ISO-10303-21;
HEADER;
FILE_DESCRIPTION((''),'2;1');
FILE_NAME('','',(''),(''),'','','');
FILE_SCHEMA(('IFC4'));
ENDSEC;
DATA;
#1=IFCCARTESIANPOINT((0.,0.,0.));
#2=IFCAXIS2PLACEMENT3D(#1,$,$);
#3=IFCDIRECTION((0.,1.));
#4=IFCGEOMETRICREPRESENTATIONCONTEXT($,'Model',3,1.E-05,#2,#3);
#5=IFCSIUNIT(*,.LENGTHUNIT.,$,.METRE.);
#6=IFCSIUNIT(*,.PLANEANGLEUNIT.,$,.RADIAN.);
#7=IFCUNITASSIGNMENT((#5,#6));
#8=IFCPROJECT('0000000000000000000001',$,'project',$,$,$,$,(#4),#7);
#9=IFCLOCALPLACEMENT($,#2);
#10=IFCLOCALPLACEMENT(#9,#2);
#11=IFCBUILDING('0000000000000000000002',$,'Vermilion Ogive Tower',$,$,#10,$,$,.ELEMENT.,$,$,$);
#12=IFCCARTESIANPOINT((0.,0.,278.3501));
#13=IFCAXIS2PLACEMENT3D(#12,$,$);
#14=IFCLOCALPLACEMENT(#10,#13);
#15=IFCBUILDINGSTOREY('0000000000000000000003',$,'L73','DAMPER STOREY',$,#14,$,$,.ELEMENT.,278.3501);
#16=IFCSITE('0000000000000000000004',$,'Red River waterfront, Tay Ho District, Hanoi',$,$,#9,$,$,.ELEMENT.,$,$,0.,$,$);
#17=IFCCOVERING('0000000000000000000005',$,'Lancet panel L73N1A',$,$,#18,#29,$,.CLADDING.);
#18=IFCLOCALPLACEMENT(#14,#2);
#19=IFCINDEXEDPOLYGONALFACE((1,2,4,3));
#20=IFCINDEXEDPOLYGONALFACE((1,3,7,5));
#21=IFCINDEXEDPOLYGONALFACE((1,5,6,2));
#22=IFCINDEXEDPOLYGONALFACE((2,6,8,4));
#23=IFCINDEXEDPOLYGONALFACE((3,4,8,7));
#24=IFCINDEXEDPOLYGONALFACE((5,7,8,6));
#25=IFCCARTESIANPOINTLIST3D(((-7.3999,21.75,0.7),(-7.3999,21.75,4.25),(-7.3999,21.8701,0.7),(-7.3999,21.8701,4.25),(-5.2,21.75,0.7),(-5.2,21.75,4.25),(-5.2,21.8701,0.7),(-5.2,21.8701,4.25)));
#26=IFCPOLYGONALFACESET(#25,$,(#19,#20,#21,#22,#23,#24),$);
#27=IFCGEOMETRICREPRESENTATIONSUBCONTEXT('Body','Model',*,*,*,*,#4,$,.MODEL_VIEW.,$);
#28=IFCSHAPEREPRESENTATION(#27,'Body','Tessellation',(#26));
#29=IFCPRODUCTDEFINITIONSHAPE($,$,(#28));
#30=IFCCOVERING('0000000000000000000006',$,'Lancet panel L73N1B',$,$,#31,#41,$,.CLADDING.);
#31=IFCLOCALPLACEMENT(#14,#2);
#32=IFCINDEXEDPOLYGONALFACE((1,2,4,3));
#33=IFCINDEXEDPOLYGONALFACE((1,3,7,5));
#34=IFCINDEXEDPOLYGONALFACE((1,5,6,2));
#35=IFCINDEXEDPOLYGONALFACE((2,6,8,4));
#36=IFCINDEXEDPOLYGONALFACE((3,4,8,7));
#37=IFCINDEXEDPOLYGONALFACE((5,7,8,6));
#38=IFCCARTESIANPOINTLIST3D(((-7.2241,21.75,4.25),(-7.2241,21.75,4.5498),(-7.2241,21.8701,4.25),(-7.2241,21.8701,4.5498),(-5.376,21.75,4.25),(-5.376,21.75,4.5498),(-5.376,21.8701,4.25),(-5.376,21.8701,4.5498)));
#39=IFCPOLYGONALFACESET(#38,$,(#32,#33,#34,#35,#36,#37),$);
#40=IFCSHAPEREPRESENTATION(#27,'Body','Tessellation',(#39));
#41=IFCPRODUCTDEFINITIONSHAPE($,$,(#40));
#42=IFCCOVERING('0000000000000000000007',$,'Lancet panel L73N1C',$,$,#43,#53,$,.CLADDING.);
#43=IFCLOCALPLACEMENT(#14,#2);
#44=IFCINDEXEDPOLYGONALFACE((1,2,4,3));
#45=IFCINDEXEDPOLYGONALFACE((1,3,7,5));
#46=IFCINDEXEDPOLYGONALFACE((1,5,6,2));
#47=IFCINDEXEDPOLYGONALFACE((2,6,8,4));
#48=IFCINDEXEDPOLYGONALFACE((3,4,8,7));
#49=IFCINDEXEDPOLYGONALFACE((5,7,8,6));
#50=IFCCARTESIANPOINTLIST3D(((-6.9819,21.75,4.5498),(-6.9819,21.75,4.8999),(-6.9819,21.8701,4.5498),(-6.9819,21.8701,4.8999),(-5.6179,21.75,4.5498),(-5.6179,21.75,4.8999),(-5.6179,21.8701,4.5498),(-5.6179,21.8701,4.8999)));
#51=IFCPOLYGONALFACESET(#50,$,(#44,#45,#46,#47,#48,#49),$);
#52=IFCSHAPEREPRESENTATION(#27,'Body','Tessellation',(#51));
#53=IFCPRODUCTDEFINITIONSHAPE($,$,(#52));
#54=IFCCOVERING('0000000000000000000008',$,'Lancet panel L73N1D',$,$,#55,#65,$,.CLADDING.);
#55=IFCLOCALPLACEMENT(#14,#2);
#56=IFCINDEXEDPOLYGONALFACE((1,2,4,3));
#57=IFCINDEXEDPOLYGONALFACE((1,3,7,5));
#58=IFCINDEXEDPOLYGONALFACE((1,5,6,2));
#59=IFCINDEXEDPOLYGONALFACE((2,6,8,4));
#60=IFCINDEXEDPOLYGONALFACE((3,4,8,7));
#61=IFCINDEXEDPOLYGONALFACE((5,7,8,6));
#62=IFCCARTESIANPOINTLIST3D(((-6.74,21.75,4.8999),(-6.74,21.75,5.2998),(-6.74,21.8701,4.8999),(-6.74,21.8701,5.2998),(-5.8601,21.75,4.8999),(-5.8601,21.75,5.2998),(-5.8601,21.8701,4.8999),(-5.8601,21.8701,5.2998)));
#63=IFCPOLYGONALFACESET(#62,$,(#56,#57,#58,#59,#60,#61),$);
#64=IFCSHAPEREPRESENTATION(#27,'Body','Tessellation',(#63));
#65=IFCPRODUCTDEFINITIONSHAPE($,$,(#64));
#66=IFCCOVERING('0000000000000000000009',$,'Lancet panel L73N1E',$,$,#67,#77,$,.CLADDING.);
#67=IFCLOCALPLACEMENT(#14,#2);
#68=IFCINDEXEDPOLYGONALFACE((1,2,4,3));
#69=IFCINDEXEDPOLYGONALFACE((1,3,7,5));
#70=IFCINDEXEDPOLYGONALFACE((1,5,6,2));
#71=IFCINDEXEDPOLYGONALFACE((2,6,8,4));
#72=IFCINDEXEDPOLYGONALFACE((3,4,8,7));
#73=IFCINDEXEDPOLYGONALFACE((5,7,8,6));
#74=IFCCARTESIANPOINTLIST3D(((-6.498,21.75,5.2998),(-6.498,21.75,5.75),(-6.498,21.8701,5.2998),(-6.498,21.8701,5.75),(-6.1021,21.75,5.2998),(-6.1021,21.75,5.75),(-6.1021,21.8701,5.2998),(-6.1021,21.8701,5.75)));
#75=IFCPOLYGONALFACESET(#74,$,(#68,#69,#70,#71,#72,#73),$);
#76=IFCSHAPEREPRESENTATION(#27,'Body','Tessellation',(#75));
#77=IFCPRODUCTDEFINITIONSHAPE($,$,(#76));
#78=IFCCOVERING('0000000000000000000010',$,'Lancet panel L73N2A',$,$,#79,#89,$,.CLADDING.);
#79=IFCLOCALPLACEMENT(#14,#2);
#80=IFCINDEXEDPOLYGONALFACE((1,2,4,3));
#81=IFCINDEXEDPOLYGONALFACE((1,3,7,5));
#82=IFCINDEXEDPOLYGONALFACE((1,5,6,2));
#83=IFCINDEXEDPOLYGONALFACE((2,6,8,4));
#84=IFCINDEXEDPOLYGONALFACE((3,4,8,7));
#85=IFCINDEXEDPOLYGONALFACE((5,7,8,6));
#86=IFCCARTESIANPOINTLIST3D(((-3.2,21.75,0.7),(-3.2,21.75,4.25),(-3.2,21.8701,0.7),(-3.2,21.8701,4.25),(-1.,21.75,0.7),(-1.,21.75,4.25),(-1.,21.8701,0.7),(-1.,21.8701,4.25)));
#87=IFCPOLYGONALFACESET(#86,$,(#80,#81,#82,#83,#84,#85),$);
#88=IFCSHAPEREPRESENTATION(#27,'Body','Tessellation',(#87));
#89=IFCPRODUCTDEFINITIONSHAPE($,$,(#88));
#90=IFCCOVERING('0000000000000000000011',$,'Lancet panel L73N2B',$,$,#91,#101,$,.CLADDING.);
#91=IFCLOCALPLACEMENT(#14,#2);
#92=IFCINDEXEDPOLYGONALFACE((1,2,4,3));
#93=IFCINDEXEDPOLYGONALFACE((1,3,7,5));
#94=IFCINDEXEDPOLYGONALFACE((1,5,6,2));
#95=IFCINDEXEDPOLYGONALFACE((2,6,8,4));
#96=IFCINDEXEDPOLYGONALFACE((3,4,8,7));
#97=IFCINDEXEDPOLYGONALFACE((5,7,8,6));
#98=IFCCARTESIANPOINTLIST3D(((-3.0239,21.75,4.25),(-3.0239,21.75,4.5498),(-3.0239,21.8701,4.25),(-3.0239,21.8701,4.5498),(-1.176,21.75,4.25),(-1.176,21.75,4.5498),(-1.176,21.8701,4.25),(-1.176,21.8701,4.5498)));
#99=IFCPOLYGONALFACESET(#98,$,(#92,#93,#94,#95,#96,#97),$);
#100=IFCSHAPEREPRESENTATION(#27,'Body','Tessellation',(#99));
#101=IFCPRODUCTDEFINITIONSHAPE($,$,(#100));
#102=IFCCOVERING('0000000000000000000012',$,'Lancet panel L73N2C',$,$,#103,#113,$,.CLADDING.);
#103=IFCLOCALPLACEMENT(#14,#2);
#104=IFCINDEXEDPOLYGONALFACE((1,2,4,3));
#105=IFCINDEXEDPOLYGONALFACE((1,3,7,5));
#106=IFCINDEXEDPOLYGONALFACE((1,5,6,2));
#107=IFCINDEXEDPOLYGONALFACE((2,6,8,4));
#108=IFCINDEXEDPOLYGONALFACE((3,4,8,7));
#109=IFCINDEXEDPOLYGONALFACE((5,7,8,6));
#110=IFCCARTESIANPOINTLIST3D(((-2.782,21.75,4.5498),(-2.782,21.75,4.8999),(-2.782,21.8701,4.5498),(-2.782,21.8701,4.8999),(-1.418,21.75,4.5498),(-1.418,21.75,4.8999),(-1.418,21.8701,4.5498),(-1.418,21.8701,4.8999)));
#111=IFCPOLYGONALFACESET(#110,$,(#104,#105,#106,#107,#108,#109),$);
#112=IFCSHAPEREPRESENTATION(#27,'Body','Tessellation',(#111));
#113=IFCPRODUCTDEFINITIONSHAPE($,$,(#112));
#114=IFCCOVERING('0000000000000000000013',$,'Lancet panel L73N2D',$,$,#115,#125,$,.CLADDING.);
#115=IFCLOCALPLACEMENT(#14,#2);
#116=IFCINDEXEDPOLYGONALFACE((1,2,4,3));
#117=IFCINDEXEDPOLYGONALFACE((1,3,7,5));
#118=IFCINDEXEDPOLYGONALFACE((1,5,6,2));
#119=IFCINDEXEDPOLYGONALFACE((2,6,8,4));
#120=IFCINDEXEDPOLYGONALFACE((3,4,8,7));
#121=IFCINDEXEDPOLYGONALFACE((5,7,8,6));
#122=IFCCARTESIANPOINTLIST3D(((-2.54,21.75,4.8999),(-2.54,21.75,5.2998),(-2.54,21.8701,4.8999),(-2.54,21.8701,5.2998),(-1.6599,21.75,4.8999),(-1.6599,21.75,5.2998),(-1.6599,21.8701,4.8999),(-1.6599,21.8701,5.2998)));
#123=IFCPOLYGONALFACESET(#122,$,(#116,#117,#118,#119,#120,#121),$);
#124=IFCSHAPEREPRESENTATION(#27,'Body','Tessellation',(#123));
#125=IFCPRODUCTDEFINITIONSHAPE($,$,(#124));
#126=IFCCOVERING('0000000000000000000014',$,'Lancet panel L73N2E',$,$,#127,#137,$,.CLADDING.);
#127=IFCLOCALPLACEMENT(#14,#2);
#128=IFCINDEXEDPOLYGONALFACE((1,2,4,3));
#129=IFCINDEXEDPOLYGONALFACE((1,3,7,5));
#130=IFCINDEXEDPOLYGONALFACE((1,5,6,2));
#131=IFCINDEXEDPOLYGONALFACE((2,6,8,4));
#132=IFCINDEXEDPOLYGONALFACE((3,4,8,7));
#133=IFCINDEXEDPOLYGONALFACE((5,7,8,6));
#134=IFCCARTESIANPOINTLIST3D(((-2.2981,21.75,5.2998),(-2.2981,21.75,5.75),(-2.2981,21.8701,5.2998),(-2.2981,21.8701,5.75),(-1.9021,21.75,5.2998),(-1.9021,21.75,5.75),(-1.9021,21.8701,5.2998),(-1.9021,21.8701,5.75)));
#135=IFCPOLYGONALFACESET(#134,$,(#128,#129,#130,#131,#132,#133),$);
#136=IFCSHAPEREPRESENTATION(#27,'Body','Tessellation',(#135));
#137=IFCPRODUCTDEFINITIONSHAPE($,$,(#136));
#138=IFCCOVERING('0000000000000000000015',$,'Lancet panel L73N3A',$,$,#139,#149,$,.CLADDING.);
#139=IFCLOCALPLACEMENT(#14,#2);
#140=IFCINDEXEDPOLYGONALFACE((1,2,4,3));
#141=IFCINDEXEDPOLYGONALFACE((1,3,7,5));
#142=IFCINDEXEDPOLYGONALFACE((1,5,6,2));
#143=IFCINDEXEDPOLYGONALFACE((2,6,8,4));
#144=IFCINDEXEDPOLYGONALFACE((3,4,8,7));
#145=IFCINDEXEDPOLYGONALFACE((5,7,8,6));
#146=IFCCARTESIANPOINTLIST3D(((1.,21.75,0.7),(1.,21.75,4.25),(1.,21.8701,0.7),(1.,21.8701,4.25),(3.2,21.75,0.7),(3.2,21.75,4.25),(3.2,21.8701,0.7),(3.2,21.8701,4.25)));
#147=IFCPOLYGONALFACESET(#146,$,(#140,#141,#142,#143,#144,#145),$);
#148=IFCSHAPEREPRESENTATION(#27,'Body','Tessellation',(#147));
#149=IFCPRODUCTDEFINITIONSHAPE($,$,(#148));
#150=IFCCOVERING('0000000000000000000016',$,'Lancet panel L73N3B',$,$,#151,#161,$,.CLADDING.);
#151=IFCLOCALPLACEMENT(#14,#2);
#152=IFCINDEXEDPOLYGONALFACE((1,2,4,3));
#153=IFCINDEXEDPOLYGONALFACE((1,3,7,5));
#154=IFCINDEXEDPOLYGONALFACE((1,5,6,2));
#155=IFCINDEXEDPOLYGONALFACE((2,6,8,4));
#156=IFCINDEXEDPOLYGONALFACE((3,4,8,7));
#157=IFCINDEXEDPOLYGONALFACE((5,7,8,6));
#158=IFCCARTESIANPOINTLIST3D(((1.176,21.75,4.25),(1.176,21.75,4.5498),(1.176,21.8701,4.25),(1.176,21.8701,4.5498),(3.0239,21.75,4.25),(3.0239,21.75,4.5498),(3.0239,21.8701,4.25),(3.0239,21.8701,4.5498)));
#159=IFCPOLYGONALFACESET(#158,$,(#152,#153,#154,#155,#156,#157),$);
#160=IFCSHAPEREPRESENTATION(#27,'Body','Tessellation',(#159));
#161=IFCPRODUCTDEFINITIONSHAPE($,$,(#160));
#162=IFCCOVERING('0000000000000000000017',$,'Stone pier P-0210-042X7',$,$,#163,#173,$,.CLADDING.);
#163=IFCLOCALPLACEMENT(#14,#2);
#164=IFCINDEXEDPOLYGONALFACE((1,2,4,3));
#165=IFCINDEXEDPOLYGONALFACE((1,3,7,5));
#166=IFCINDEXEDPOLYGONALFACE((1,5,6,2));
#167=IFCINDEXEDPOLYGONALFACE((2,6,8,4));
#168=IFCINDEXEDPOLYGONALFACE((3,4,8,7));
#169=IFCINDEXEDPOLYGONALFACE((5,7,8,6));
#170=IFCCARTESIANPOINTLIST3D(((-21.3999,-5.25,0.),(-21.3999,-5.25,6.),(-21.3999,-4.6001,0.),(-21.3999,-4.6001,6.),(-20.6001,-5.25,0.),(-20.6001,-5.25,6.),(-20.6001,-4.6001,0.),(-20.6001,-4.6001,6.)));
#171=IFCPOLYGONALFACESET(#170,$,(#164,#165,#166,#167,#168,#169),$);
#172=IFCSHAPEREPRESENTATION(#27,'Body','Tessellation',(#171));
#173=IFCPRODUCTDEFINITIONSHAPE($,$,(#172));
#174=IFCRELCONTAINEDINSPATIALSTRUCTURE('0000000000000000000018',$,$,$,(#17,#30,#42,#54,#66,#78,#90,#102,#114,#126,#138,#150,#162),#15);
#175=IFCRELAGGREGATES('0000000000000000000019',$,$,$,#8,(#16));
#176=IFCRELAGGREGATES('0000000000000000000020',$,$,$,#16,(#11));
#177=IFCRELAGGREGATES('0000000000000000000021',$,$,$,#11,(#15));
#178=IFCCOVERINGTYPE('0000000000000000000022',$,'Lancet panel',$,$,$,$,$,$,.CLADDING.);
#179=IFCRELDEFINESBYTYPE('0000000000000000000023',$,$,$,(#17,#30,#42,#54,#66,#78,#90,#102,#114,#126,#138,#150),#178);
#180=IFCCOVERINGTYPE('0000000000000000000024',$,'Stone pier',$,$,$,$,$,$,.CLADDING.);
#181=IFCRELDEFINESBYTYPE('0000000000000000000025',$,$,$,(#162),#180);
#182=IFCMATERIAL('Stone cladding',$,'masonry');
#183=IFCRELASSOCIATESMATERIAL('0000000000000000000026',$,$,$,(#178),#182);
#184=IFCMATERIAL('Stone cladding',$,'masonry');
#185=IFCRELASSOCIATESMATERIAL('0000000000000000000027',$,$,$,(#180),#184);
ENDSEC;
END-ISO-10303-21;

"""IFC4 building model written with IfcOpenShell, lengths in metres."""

from ifc_helpers import new_model, si_unit, direction, frame, origin, place, context, subcontext, project, spatial, polyline, outline, extrude, material, type_object, element, save


model = new_model("IFC4")

# Units and contexts
model_context = context("Model", 3, precision=1e-05, world=origin(), true_north=direction((0.0, 1.0)))
body_context = subcontext(model_context, "Body", "Model", "MODEL_VIEW")
ifc_project = project(units=[si_unit("LENGTHUNIT", "METRE"), si_unit("PLANEANGLEUNIT", "RADIAN")], contexts=[model_context])

# Site, building, storey
site_placement = place(None, origin())
site = spatial("IfcSite", under=ifc_project, at=site_placement, Name="Red River waterfront, Tay Ho District, Hanoi", CompositionType="ELEMENT", RefElevation=0.0)
building_placement = place(site_placement, origin())
building = spatial("IfcBuilding", under=site, at=building_placement, Name="Vermilion Ogive Tower", CompositionType="ELEMENT")
storey_placement = place(building_placement, frame((0.0, 0.0, 278.3501)))
storey = spatial("IfcBuildingStorey", under=building, at=storey_placement, Name="L73", Description="DAMPER STOREY", CompositionType="ELEMENT", Elevation=278.3501)

# Coverings
ifc_material_1 = material(Name="Stone cladding", Category="masonry")
covering_type_1 = type_object("IfcCoveringType", Name="Lancet panel", PredefinedType="CLADDING", material=ifc_material_1)
covering_1_placement = place(storey_placement, frame((0.0, 0.0, 0.7)))
element("IfcCovering", 1, at=covering_1_placement, inside=storey, type_object=covering_type_1, Name="Lancet panel L73N1A", PredefinedType="CLADDING", context=body_context, shape_type="SweptSolid", body=[
    extrude(outline(polyline([(-7.3999, 21.75), (-5.2, 21.75), (-5.2, 21.8701), (-7.3999, 21.8701), (-7.3999, 21.75)])), origin(), (0.0, 0.0, 1.0), 3.55),
])
covering_2_placement = place(storey_placement, frame((0.0, 0.0, 4.25)))
element("IfcCovering", 2, at=covering_2_placement, inside=storey, type_object=covering_type_1, Name="Lancet panel L73N1B", PredefinedType="CLADDING", context=body_context, shape_type="SweptSolid", body=[
    extrude(outline(polyline([(-7.2241, 21.75), (-5.376, 21.75), (-5.376, 21.8701), (-7.2241, 21.8701), (-7.2241, 21.75)])), origin(), (0.0, 0.0, 1.0), 0.2998),
])
covering_3_placement = place(storey_placement, frame((0.0, 0.0, 4.5498)))
element("IfcCovering", 3, at=covering_3_placement, inside=storey, type_object=covering_type_1, Name="Lancet panel L73N1C", PredefinedType="CLADDING", context=body_context, shape_type="SweptSolid", body=[
    extrude(outline(polyline([(-6.9819, 21.75), (-5.6179, 21.75), (-5.6179, 21.8701), (-6.9819, 21.8701), (-6.9819, 21.75)])), origin(), (0.0, 0.0, 1.0), 0.3501),
])
covering_4_placement = place(storey_placement, frame((0.0, 0.0, 4.8999)))
element("IfcCovering", 4, at=covering_4_placement, inside=storey, type_object=covering_type_1, Name="Lancet panel L73N1D", PredefinedType="CLADDING", context=body_context, shape_type="SweptSolid", body=[
    extrude(outline(polyline([(-6.74, 21.75), (-5.8601, 21.75), (-5.8601, 21.8701), (-6.74, 21.8701), (-6.74, 21.75)])), origin(), (0.0, 0.0, 1.0), 0.3999),
])
covering_5_placement = place(storey_placement, frame((0.0, 0.0, 5.2998)))
element("IfcCovering", 5, at=covering_5_placement, inside=storey, type_object=covering_type_1, Name="Lancet panel L73N1E", PredefinedType="CLADDING", context=body_context, shape_type="SweptSolid", body=[
    extrude(outline(polyline([(-6.498, 21.75), (-6.1021, 21.75), (-6.1021, 21.8701), (-6.498, 21.8701), (-6.498, 21.75)])), origin(), (0.0, 0.0, 1.0), 0.4502),
])
covering_6_placement = place(storey_placement, frame((0.0, 0.0, 0.7)))
element("IfcCovering", 6, at=covering_6_placement, inside=storey, type_object=covering_type_1, Name="Lancet panel L73N2A", PredefinedType="CLADDING", context=body_context, shape_type="SweptSolid", body=[
    extrude(outline(polyline([(-3.2, 21.75), (-1.0, 21.75), (-1.0, 21.8701), (-3.2, 21.8701), (-3.2, 21.75)])), origin(), (0.0, 0.0, 1.0), 3.55),
])
covering_7_placement = place(storey_placement, frame((0.0, 0.0, 4.25)))
element("IfcCovering", 7, at=covering_7_placement, inside=storey, type_object=covering_type_1, Name="Lancet panel L73N2B", PredefinedType="CLADDING", context=body_context, shape_type="SweptSolid", body=[
    extrude(outline(polyline([(-3.0239, 21.75), (-1.176, 21.75), (-1.176, 21.8701), (-3.0239, 21.8701), (-3.0239, 21.75)])), origin(), (0.0, 0.0, 1.0), 0.2998),
])
covering_8_placement = place(storey_placement, frame((0.0, 0.0, 4.5498)))
element("IfcCovering", 8, at=covering_8_placement, inside=storey, type_object=covering_type_1, Name="Lancet panel L73N2C", PredefinedType="CLADDING", context=body_context, shape_type="SweptSolid", body=[
    extrude(outline(polyline([(-2.782, 21.75), (-1.418, 21.75), (-1.418, 21.8701), (-2.782, 21.8701), (-2.782, 21.75)])), origin(), (0.0, 0.0, 1.0), 0.3501),
])
covering_9_placement = place(storey_placement, frame((0.0, 0.0, 4.8999)))
element("IfcCovering", 9, at=covering_9_placement, inside=storey, type_object=covering_type_1, Name="Lancet panel L73N2D", PredefinedType="CLADDING", context=body_context, shape_type="SweptSolid", body=[
    extrude(outline(polyline([(-2.54, 21.75), (-1.6599, 21.75), (-1.6599, 21.8701), (-2.54, 21.8701), (-2.54, 21.75)])), origin(), (0.0, 0.0, 1.0), 0.3999),
])
covering_10_placement = place(storey_placement, frame((0.0, 0.0, 5.2998)))
element("IfcCovering", 10, at=covering_10_placement, inside=storey, type_object=covering_type_1, Name="Lancet panel L73N2E", PredefinedType="CLADDING", context=body_context, shape_type="SweptSolid", body=[
    extrude(outline(polyline([(-2.2981, 21.75), (-1.9021, 21.75), (-1.9021, 21.8701), (-2.2981, 21.8701), (-2.2981, 21.75)])), origin(), (0.0, 0.0, 1.0), 0.4502),
])
covering_11_placement = place(storey_placement, frame((0.0, 0.0, 0.7)))
element("IfcCovering", 11, at=covering_11_placement, inside=storey, type_object=covering_type_1, Name="Lancet panel L73N3A", PredefinedType="CLADDING", context=body_context, shape_type="SweptSolid", body=[
    extrude(outline(polyline([(1.0, 21.75), (3.2, 21.75), (3.2, 21.8701), (1.0, 21.8701), (1.0, 21.75)])), origin(), (0.0, 0.0, 1.0), 3.55),
])
covering_12_placement = place(storey_placement, frame((0.0, 0.0, 4.25)))
element("IfcCovering", 12, at=covering_12_placement, inside=storey, type_object=covering_type_1, Name="Lancet panel L73N3B", PredefinedType="CLADDING", context=body_context, shape_type="SweptSolid", body=[
    extrude(outline(polyline([(1.176, 21.75), (3.0239, 21.75), (3.0239, 21.8701), (1.176, 21.8701), (1.176, 21.75)])), origin(), (0.0, 0.0, 1.0), 0.2998),
])

# Covering
ifc_material_2 = material(Name="Stone cladding", Category="masonry")
covering_type_2 = type_object("IfcCoveringType", Name="Stone pier", PredefinedType="CLADDING", material=ifc_material_2)
covering_13_placement = place(storey_placement, origin())
element("IfcCovering", 13, at=covering_13_placement, inside=storey, type_object=covering_type_2, Name="Stone pier P-0210-042X7", PredefinedType="CLADDING", context=body_context, shape_type="SweptSolid", body=[
    extrude(outline(polyline([(-21.3999, -5.25), (-21.3999, -4.6001), (-20.6001, -4.6001), (-20.6001, -5.25), (-21.3999, -5.25)])), origin(), (0.0, 0.0, 1.0), 6.0),
])

save(model, "model.ifc")
